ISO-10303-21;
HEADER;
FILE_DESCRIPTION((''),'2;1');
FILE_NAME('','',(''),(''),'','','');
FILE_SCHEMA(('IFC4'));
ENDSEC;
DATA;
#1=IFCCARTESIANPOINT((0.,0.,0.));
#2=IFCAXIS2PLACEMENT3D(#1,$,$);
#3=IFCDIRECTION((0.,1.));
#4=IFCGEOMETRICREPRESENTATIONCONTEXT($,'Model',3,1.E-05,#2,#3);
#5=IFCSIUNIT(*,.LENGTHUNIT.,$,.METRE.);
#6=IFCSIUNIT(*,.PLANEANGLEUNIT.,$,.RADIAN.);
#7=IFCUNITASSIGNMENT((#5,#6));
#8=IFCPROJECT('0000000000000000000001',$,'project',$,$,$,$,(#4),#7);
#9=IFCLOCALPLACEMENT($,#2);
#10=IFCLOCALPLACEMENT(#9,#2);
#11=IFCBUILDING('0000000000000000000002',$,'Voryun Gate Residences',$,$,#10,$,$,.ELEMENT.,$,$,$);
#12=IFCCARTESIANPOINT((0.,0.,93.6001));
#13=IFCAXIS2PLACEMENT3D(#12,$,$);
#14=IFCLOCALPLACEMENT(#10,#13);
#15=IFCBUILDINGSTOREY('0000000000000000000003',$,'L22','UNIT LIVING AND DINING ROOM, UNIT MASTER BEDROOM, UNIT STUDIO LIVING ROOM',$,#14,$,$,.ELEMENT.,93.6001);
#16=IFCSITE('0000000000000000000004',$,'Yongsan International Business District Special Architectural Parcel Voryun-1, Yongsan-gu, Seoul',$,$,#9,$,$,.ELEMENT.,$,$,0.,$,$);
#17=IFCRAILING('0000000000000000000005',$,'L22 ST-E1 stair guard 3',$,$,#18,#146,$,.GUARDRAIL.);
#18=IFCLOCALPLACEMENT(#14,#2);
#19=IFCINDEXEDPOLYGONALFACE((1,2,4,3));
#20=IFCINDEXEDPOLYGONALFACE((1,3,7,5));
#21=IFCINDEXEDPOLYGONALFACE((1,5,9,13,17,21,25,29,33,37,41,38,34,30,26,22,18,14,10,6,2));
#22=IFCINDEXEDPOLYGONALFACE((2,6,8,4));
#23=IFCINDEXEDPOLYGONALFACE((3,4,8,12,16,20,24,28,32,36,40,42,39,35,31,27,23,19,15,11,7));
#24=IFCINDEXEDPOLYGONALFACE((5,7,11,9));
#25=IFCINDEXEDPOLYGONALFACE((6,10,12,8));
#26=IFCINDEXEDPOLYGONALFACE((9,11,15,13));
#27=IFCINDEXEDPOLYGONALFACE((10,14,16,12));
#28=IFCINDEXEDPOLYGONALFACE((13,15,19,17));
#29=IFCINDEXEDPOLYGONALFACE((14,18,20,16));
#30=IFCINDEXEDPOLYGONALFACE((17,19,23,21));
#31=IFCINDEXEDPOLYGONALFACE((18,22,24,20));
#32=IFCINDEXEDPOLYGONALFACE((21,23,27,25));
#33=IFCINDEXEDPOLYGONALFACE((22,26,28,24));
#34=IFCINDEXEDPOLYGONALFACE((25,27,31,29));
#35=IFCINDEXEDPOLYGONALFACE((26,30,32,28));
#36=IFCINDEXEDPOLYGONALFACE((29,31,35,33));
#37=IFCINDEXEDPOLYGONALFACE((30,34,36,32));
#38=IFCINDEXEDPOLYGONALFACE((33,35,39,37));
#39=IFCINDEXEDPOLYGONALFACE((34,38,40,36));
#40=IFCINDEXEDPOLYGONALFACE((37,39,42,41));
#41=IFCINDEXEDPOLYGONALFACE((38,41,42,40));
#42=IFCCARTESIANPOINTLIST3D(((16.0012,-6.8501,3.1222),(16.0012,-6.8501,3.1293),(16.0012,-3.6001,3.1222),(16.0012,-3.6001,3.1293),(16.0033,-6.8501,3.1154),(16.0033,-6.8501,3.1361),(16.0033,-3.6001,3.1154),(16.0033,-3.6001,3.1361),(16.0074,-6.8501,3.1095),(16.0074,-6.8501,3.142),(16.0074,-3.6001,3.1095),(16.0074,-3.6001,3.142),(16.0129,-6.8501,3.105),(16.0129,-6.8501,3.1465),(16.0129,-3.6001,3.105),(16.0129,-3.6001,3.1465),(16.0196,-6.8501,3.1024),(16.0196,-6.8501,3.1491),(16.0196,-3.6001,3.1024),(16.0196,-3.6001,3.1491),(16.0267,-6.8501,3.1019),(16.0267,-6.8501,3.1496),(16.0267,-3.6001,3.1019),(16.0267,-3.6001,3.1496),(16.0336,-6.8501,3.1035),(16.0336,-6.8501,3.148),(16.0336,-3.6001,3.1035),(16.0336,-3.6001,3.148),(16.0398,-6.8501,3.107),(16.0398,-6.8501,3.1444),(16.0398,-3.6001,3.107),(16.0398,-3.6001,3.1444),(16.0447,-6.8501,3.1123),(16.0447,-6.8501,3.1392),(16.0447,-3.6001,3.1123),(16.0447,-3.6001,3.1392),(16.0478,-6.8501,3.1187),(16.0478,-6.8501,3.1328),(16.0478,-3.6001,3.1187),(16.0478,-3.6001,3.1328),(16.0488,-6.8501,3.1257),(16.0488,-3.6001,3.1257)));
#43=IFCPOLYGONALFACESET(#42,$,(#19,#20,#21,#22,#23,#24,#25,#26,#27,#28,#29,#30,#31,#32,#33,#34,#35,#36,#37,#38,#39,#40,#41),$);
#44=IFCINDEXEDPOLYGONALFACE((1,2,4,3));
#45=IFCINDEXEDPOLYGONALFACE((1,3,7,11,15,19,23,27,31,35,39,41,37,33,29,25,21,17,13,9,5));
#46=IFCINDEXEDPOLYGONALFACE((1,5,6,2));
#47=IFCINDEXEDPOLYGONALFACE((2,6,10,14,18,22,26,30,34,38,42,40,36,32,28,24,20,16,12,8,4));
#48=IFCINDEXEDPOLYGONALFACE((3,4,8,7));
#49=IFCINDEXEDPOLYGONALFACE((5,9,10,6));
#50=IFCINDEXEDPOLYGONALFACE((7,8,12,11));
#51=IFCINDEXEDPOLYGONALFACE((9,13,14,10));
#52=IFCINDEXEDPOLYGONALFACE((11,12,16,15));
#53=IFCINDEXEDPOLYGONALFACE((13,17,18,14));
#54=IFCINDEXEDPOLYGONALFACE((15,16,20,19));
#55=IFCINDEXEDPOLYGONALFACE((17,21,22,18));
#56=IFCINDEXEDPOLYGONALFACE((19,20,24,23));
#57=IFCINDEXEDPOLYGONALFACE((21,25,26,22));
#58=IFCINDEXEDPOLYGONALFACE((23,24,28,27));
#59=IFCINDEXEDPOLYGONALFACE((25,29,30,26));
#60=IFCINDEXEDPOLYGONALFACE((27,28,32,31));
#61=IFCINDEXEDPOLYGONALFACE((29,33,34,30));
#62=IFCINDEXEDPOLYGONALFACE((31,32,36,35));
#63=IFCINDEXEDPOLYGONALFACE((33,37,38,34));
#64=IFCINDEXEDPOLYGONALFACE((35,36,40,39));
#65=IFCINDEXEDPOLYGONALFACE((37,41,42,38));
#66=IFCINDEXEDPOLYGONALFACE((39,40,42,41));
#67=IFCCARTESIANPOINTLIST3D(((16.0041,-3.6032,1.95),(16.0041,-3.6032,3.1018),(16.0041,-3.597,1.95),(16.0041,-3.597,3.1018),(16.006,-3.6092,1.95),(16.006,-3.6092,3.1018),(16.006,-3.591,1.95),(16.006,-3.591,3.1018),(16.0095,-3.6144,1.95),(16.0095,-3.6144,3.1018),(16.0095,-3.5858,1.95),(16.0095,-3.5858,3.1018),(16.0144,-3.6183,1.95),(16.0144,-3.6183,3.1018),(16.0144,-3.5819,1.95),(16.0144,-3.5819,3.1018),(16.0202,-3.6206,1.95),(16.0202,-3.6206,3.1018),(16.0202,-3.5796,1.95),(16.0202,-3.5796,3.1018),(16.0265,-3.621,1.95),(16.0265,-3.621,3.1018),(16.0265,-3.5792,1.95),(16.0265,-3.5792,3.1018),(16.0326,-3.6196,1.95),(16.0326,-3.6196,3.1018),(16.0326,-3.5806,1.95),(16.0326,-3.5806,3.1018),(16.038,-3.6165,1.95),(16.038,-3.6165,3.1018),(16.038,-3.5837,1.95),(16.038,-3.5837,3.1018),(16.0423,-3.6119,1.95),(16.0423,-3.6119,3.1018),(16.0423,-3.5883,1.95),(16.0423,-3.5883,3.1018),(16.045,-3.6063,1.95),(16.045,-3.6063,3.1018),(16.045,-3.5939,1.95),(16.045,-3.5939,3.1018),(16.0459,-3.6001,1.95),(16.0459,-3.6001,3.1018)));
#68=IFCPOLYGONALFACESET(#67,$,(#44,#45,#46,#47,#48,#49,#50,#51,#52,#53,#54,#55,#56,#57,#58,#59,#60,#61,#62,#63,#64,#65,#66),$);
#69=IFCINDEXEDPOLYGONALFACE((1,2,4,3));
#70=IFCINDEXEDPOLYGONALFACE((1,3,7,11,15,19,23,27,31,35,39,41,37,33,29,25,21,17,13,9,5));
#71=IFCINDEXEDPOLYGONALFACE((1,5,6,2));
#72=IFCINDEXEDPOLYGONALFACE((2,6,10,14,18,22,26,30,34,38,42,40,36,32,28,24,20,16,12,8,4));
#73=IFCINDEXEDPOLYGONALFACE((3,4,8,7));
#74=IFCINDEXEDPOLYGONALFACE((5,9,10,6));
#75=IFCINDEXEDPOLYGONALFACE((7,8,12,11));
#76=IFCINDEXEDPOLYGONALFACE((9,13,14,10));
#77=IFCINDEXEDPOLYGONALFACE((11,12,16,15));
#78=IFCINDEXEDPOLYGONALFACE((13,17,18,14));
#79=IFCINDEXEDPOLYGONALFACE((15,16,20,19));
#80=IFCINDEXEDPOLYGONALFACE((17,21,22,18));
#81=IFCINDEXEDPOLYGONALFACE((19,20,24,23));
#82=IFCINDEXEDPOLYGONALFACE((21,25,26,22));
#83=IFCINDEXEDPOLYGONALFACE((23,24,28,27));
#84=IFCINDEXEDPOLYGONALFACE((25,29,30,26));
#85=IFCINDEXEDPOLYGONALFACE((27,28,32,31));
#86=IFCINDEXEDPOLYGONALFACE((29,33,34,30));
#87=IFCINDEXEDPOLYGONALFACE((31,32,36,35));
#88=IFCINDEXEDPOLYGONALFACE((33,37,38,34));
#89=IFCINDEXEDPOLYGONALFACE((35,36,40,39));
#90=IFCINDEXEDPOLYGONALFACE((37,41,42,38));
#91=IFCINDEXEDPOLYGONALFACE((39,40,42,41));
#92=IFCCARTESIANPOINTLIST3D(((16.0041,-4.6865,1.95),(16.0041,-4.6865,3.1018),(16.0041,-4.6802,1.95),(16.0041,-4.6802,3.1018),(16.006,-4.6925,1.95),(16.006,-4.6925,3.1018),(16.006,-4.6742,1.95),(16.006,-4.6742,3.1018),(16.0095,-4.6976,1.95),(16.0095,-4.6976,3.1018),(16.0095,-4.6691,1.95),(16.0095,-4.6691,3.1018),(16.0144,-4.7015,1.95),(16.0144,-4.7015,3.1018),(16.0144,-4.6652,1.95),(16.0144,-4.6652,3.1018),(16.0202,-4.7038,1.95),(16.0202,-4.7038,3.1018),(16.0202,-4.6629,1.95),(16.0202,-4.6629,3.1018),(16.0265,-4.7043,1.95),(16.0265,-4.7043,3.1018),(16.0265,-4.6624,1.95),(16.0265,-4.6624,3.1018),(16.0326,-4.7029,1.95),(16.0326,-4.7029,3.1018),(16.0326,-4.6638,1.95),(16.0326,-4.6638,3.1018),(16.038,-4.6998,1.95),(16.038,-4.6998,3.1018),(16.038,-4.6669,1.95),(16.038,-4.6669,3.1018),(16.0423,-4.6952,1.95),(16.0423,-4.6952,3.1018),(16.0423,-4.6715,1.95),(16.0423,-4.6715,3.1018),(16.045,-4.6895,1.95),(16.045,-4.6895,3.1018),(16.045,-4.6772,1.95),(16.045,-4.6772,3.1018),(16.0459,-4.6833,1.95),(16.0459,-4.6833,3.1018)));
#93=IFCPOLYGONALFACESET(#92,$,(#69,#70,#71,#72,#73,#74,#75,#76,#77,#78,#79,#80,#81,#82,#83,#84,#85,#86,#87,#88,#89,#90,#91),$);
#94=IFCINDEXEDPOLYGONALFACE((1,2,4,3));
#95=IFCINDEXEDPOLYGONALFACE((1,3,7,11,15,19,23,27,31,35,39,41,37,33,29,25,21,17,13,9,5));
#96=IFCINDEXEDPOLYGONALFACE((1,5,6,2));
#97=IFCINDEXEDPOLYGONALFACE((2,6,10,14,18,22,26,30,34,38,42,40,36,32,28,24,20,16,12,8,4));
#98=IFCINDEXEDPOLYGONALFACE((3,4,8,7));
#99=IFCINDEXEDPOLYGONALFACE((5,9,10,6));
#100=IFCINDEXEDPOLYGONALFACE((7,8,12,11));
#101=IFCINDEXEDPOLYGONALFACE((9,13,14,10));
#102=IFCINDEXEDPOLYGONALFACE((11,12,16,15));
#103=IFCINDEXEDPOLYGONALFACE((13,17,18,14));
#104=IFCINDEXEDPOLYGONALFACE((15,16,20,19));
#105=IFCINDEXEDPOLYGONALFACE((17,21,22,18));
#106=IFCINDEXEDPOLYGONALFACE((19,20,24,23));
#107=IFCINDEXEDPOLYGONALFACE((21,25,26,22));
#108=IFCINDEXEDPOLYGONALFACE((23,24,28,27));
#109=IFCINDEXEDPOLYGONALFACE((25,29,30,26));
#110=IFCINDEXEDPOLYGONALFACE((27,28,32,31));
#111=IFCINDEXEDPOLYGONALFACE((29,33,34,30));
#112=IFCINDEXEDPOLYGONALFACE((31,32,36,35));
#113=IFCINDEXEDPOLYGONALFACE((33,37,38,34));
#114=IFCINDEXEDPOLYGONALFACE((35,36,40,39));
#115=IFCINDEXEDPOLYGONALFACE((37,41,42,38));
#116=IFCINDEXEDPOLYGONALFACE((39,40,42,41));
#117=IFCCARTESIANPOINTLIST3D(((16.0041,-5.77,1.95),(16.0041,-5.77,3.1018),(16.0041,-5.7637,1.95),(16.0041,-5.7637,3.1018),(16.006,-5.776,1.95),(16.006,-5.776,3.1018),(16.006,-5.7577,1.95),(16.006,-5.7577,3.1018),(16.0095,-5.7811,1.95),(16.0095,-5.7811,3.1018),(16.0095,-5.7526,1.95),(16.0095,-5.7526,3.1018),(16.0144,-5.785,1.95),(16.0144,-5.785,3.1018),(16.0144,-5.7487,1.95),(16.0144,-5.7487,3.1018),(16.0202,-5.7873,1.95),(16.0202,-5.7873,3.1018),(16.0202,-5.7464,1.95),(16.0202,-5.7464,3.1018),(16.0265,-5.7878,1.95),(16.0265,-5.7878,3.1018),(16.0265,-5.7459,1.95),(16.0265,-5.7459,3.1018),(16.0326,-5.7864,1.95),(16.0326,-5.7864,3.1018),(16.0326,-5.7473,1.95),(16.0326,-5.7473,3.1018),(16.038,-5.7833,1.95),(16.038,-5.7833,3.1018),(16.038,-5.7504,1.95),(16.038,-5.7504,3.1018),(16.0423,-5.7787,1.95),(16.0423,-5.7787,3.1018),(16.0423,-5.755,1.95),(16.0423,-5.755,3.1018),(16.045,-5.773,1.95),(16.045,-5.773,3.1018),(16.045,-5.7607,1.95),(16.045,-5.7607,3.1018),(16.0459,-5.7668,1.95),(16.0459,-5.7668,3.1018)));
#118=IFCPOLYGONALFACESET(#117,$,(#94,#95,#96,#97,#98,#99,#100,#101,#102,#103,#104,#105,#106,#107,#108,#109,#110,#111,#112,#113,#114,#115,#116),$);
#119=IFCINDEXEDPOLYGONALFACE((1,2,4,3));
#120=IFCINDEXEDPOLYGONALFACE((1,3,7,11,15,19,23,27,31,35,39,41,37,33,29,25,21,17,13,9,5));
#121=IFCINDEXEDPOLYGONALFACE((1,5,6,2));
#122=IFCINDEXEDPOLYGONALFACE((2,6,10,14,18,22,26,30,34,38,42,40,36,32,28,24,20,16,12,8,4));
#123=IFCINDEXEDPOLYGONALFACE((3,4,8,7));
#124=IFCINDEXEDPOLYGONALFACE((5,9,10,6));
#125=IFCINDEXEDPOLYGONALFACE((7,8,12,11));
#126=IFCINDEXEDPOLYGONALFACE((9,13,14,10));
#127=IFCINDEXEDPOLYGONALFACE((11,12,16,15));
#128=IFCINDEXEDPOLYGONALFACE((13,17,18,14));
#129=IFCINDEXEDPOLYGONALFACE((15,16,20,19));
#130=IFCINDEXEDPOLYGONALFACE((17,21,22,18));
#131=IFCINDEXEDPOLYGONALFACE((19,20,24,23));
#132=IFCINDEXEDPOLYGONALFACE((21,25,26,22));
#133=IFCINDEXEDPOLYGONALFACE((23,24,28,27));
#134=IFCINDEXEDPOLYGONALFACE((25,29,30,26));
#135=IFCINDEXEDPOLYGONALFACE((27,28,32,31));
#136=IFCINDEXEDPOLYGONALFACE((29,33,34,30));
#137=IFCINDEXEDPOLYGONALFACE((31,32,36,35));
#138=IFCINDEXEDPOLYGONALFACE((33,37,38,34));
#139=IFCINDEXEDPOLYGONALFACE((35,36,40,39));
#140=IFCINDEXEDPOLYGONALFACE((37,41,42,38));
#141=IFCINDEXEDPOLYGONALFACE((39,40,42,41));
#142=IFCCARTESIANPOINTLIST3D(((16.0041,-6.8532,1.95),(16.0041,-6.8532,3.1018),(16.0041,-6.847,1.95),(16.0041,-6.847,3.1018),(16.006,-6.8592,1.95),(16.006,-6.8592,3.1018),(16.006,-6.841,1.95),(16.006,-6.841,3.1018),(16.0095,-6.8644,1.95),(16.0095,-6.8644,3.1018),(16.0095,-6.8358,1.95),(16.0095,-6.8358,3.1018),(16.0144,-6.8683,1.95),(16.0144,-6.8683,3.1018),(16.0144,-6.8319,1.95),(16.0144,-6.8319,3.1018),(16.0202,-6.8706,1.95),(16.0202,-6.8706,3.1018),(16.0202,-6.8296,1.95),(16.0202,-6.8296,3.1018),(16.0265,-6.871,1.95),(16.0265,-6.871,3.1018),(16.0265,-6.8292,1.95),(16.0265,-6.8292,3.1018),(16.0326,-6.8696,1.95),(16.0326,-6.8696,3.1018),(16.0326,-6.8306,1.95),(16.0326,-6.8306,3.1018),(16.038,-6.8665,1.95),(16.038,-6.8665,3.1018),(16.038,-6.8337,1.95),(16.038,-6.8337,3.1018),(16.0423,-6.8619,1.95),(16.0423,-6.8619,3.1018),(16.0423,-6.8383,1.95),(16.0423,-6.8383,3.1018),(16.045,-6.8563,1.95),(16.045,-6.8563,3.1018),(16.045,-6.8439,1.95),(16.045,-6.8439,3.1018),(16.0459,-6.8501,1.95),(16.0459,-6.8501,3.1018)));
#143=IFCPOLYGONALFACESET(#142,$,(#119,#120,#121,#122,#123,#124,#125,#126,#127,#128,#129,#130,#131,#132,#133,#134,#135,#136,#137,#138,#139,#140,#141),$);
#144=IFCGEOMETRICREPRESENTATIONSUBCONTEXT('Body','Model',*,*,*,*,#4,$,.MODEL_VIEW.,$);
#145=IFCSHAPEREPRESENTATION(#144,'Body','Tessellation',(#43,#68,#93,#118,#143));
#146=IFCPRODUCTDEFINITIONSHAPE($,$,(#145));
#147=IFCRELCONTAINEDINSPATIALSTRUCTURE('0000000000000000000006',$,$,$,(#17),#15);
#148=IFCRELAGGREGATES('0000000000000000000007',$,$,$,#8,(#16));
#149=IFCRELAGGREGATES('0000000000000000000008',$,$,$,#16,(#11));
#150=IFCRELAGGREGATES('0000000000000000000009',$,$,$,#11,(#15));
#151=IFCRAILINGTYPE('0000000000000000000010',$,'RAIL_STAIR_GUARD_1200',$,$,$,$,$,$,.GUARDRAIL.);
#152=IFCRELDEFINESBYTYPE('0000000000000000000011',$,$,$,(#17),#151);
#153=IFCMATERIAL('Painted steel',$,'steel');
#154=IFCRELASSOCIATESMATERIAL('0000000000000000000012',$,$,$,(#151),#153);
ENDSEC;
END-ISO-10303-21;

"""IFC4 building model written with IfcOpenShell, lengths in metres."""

from ifc_helpers import new_model, si_unit, direction, frame, origin, origin_2d, place, context, subcontext, project, spatial, circle, extrude, material, type_object, element, save


model = new_model("IFC4")

# Units and contexts
model_context = context("Model", 3, precision=1e-05, world=origin(), true_north=direction((0.0, 1.0)))
body_context = subcontext(model_context, "Body", "Model", "MODEL_VIEW")
ifc_project = project(units=[si_unit("LENGTHUNIT", "METRE"), si_unit("PLANEANGLEUNIT", "RADIAN")], contexts=[model_context])

# Site, building, storey
site_placement = place(None, origin())
site = spatial("IfcSite", under=ifc_project, at=site_placement, Name="Yongsan International Business District Special Architectural Parcel Voryun-1, Yongsan-gu, Seoul", CompositionType="ELEMENT", RefElevation=0.0)
building_placement = place(site_placement, origin())
building = spatial("IfcBuilding", under=site, at=building_placement, Name="Voryun Gate Residences", CompositionType="ELEMENT")
storey_placement = place(building_placement, frame((0.0, 0.0, 93.6001)))
storey = spatial("IfcBuildingStorey", under=building, at=storey_placement, Name="L22", Description="UNIT LIVING AND DINING ROOM, UNIT MASTER BEDROOM, UNIT STUDIO LIVING ROOM", CompositionType="ELEMENT", Elevation=93.6001)

# Railing
ifc_material_1 = material(Name="Painted steel", Category="steel")
railing_type_1 = type_object("IfcRailingType", Name="RAIL_STAIR_GUARD_1200", PredefinedType="GUARDRAIL", material=ifc_material_1)
for number, where, name in (
    (1, (16.0249, -3.6001, 1.95), "L22 ST-E1 stair guard 3"),
):
    element("IfcRailing", number, at=place(storey_placement, frame(where)), inside=storey, type_object=railing_type_1, Name=name, PredefinedType="GUARDRAIL", context=body_context, shape_type="SweptSolid", body=[
        extrude(circle(Radius=0.0239, at=origin_2d()), frame((0.0, 0.0, 1.1758), z_axis=(0.0, -1.0, 0.0), x_axis=(1.0, 0.0, 0.0)), (0.0, 0.0, 1.0), 3.25),
        extrude(circle(Radius=0.021, at=origin_2d()), origin(), (0.0, 0.0, 1.0), 1.1519),
        extrude(circle(Radius=0.021, at=origin_2d()), frame((0.0, -1.0833, 0.0)), (0.0, 0.0, 1.0), 1.1519),
        extrude(circle(Radius=0.021, at=origin_2d()), frame((0.0, -2.1667, 0.0)), (0.0, 0.0, 1.0), 1.1519),
        extrude(circle(Radius=0.021, at=origin_2d()), frame((0.0, -3.25, 0.0)), (0.0, 0.0, 1.0), 1.1519),
    ])

save(model, "model.ifc")
